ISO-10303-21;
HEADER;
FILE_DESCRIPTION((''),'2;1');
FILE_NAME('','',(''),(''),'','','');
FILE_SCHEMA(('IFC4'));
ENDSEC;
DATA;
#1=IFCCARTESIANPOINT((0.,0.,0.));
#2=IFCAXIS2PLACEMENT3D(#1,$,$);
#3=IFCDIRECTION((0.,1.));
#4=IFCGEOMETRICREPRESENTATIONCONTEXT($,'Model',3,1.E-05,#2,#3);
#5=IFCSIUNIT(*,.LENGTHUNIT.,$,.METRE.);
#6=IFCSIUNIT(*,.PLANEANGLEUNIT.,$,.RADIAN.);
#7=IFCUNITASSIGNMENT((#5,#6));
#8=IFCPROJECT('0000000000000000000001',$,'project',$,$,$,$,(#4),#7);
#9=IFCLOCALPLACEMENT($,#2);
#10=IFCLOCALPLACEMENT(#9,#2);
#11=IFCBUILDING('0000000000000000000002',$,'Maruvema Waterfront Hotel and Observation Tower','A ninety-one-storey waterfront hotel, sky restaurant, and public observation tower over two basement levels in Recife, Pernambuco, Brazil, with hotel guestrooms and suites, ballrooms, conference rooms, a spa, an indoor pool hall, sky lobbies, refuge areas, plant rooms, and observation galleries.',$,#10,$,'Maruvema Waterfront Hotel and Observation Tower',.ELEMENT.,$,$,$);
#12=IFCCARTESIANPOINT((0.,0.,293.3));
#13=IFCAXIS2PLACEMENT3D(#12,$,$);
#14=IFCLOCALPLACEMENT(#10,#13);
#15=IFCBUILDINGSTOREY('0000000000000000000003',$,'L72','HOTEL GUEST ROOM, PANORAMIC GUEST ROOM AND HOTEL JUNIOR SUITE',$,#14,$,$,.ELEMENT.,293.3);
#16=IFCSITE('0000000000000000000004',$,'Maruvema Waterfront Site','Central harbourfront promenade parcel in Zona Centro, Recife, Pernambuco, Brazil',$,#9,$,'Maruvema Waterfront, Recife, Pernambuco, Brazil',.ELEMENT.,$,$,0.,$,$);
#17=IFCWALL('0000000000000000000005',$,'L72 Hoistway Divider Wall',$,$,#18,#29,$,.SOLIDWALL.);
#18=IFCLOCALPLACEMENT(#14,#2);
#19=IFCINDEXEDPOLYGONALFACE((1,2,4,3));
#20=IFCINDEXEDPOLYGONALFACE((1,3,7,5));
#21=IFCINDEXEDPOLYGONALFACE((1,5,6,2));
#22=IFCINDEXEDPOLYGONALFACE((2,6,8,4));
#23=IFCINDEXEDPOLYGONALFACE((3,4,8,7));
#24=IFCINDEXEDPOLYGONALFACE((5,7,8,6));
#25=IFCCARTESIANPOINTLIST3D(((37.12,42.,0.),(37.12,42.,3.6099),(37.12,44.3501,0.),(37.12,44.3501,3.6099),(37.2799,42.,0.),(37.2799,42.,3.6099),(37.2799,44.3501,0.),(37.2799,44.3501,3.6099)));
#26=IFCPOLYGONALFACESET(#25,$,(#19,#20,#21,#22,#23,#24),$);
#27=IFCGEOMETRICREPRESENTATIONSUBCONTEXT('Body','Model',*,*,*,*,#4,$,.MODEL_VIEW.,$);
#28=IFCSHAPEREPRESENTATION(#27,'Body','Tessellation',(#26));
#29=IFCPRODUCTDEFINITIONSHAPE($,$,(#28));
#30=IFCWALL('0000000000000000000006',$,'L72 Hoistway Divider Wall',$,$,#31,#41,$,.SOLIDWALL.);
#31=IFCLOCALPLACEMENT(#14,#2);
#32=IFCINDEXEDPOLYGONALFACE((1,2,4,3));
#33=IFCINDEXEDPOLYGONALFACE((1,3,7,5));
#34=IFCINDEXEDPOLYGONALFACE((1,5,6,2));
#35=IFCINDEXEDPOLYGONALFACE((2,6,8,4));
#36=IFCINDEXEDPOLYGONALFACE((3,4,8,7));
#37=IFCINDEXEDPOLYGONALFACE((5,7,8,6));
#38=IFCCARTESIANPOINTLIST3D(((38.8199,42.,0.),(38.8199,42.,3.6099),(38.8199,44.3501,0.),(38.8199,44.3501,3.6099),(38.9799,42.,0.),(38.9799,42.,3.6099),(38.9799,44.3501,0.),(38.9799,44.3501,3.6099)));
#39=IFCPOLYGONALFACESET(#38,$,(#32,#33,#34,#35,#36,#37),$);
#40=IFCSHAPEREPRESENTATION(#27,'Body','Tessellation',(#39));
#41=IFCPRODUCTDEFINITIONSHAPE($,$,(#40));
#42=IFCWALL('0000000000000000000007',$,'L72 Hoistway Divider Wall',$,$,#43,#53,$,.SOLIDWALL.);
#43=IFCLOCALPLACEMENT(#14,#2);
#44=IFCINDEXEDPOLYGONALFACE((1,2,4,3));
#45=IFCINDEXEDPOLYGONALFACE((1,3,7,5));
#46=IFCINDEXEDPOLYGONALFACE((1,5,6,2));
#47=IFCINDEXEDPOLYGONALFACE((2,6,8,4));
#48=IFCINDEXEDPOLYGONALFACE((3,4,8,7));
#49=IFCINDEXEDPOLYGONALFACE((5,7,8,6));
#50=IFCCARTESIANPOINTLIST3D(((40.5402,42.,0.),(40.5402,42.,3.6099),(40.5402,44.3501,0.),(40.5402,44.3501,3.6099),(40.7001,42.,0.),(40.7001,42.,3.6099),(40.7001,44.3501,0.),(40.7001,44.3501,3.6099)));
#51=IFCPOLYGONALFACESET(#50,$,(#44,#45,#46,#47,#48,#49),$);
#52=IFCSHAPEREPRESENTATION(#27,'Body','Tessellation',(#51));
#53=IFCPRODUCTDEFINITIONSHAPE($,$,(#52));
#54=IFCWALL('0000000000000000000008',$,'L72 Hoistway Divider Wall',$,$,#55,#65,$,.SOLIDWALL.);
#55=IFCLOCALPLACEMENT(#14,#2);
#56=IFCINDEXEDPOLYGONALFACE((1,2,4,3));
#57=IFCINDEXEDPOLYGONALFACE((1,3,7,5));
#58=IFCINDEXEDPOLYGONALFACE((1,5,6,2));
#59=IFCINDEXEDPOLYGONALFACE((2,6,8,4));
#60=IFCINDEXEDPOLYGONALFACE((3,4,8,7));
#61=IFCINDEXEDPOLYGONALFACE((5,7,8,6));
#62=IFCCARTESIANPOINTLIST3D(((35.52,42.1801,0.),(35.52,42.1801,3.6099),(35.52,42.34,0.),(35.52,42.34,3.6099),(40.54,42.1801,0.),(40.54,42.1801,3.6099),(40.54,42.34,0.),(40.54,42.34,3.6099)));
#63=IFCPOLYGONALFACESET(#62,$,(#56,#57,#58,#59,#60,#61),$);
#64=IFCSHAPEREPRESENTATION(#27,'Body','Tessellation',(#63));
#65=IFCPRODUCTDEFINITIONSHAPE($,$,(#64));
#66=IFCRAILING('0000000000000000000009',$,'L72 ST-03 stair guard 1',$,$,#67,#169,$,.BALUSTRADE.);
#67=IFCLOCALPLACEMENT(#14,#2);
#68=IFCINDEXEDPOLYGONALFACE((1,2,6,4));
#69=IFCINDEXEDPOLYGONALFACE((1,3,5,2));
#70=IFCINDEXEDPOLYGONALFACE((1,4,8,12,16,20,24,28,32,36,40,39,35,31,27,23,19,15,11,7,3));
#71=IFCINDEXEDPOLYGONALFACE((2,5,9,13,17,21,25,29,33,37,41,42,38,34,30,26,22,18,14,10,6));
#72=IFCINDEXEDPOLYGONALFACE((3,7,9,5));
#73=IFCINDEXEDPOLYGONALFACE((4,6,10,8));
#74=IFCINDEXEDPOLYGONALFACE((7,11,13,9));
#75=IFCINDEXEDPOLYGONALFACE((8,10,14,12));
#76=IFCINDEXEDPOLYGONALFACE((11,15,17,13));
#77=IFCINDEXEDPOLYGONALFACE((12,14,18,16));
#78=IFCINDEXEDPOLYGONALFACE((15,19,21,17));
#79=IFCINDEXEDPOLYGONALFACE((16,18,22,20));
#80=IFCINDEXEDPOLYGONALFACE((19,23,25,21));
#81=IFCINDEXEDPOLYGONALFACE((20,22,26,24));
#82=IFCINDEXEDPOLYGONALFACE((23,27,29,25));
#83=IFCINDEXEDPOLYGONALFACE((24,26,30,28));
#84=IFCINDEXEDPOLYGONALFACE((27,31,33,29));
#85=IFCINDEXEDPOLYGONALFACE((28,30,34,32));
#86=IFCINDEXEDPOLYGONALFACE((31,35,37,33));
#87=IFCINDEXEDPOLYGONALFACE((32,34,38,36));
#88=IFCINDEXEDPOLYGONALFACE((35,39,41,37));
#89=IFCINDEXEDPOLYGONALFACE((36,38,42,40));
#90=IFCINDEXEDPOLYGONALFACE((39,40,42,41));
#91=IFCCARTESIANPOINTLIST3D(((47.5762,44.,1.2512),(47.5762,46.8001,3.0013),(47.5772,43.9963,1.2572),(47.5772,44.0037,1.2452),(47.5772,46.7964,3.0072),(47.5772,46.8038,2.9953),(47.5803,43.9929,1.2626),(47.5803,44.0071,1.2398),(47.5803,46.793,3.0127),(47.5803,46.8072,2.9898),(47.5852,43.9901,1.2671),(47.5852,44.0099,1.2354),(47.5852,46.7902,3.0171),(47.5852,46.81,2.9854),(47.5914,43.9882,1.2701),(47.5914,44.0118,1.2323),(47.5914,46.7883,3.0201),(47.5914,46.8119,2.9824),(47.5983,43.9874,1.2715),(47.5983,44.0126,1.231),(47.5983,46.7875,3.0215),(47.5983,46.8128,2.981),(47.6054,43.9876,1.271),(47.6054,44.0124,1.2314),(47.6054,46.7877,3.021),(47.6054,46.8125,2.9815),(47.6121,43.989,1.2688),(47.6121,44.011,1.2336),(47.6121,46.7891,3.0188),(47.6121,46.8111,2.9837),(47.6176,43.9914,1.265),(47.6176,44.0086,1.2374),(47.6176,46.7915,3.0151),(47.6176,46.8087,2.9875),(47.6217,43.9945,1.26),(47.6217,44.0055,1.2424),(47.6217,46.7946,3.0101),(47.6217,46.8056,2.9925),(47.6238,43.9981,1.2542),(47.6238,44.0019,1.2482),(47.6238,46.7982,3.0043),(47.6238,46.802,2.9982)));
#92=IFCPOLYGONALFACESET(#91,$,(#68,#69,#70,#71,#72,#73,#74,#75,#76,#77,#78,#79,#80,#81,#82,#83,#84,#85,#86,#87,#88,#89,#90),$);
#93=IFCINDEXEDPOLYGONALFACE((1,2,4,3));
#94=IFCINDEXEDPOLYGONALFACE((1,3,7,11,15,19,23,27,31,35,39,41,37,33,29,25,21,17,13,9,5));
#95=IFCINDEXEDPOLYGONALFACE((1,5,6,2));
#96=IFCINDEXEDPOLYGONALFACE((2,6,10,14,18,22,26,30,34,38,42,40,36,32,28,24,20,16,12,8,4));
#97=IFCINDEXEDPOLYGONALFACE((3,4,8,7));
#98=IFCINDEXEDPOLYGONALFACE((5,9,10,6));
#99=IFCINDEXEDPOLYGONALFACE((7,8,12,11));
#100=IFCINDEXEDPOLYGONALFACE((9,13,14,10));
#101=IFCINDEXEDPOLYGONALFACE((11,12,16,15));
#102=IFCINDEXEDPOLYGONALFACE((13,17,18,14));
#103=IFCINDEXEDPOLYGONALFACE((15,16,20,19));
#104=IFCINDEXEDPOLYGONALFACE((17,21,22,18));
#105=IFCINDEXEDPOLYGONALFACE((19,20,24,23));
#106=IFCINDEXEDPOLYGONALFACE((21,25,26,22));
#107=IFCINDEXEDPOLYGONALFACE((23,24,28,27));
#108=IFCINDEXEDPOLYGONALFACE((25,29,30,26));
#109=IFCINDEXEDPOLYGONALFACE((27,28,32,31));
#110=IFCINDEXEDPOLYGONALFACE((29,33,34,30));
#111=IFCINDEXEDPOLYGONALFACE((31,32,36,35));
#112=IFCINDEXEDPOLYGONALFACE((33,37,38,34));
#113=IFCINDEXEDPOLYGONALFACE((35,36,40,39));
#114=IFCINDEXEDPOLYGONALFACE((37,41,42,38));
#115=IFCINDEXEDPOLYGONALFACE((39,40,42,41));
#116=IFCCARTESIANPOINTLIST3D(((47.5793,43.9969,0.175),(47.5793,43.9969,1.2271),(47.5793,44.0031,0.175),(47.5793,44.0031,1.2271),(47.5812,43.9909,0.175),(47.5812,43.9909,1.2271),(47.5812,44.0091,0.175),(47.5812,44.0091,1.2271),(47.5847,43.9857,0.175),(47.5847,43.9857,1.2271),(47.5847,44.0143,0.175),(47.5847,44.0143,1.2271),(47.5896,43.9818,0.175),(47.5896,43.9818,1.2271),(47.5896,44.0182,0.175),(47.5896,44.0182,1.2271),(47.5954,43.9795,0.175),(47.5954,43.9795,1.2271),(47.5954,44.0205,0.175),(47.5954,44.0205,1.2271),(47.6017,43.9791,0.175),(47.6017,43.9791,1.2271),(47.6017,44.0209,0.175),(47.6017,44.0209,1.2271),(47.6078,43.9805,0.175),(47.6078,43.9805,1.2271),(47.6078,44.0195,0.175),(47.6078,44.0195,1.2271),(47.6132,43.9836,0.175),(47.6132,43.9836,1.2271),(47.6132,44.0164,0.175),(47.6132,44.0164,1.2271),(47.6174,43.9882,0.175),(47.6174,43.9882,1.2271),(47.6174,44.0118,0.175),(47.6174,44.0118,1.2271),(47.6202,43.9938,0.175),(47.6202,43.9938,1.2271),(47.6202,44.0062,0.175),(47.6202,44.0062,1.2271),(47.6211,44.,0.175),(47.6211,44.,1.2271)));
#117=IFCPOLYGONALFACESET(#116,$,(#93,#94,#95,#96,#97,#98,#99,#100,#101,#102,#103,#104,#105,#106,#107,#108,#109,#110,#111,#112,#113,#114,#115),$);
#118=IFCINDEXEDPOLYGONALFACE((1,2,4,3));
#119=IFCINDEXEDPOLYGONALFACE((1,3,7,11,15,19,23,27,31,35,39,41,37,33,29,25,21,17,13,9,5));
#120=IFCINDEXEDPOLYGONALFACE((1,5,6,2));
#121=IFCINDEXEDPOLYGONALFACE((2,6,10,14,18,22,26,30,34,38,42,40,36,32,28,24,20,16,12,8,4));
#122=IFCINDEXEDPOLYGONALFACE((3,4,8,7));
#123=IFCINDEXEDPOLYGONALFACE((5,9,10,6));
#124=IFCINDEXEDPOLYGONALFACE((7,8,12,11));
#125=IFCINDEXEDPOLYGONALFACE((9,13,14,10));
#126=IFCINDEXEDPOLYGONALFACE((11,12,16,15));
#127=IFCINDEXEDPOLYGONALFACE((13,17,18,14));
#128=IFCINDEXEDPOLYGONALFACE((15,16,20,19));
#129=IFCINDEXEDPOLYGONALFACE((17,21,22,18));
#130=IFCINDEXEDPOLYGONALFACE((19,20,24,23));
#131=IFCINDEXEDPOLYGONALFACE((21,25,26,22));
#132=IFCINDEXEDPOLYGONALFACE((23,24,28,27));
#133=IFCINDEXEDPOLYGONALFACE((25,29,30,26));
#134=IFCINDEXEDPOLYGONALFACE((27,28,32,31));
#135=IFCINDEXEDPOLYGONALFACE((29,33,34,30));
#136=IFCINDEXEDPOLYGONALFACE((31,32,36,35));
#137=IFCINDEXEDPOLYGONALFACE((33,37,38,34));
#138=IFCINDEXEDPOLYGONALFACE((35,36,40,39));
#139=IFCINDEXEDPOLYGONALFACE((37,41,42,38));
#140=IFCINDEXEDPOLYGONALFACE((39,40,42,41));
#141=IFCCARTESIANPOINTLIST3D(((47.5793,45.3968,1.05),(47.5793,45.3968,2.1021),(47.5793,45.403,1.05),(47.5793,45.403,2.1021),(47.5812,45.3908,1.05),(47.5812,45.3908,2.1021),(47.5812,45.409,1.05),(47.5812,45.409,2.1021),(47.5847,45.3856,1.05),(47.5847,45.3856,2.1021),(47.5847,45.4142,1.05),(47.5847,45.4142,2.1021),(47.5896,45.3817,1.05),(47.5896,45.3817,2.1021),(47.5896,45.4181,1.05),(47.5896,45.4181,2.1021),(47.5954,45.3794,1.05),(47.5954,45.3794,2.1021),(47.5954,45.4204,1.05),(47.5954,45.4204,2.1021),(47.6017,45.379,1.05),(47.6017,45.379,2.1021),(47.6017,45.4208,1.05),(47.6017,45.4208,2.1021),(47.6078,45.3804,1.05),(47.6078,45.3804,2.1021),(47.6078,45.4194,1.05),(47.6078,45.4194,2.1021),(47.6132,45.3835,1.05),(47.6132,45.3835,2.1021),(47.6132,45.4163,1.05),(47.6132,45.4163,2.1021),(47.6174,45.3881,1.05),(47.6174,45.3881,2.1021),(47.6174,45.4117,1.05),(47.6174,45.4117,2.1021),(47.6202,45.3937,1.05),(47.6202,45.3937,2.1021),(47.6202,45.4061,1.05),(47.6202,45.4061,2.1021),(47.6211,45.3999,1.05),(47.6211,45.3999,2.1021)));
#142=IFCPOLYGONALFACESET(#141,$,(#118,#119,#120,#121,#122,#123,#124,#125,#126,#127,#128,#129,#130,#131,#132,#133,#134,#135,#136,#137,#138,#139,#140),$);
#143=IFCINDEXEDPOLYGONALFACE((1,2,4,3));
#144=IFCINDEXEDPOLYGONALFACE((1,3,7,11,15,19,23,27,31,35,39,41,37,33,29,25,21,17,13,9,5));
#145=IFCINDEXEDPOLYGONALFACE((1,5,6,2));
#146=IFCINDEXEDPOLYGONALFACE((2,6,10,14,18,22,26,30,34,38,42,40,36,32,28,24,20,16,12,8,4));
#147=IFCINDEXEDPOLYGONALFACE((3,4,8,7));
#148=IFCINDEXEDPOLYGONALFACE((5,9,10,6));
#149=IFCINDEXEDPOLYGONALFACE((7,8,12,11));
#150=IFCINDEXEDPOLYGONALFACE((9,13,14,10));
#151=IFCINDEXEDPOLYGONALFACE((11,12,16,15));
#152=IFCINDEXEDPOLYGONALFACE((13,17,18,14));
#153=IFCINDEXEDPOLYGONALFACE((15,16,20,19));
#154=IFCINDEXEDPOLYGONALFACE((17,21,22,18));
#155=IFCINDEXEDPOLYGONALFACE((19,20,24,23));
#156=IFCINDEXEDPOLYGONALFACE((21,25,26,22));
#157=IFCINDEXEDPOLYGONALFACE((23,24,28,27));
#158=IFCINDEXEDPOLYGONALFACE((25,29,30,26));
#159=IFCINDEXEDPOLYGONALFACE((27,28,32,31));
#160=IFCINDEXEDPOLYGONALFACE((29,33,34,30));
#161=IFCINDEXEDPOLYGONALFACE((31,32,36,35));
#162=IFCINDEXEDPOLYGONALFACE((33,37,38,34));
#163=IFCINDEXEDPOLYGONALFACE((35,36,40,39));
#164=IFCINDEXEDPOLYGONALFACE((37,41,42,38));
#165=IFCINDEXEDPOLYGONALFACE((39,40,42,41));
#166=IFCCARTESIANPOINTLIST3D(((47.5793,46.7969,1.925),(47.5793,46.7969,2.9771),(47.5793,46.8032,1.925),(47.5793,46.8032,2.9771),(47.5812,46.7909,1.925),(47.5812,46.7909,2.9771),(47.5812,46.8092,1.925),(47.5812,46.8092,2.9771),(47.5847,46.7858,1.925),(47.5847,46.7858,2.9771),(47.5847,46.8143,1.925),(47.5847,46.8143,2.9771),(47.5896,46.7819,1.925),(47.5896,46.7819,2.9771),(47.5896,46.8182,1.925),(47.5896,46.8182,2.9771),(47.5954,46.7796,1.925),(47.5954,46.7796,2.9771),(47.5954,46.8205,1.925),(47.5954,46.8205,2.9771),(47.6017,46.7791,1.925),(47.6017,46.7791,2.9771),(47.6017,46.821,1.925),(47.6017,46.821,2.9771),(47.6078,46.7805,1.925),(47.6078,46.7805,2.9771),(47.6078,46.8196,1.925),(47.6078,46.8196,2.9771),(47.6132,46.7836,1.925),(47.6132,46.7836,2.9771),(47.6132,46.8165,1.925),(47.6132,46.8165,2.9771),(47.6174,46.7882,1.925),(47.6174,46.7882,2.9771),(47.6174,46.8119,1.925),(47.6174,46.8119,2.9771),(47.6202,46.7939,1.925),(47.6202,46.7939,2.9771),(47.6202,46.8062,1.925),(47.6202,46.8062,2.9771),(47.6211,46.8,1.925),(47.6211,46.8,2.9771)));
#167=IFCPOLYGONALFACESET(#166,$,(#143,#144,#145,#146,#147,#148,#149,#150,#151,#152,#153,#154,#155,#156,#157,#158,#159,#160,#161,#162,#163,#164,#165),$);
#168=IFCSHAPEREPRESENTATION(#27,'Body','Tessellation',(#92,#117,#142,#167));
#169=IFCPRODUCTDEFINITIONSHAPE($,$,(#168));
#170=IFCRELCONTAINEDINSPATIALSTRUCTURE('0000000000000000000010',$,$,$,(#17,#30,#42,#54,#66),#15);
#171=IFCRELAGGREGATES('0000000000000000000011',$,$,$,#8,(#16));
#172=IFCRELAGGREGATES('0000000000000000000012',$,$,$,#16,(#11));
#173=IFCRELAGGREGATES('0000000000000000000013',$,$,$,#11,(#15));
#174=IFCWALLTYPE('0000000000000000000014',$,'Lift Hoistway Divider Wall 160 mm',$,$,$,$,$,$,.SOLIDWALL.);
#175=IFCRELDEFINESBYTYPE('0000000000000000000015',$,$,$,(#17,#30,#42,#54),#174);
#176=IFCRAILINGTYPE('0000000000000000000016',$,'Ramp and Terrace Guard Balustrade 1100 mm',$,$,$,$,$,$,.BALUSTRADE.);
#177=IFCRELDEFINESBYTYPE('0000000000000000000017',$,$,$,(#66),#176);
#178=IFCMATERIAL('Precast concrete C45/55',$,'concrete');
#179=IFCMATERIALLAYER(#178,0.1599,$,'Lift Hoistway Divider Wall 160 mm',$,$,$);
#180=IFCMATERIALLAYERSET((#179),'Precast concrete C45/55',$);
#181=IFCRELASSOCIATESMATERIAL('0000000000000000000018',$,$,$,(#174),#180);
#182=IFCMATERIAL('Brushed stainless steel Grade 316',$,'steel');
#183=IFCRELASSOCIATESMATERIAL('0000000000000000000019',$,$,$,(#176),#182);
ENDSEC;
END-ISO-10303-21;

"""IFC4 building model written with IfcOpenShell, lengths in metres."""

from ifc_helpers import new_model, si_unit, direction, frame, frame_2d, origin, origin_2d, place, context, subcontext, project, spatial, rectangle, circle, extrude, material, layer, layer_set, type_object, element, save


model = new_model("IFC4")

# Units and contexts
model_context = context("Model", 3, precision=1e-05, world=origin(), true_north=direction((0.0, 1.0)))
body_context = subcontext(model_context, "Body", "Model", "MODEL_VIEW")
ifc_project = project(units=[si_unit("LENGTHUNIT", "METRE"), si_unit("PLANEANGLEUNIT", "RADIAN")], contexts=[model_context])

# Site, building, storey
site_placement = place(None, origin())
site = spatial("IfcSite", under=ifc_project, at=site_placement, Name="Maruvema Waterfront Site", Description="Central harbourfront promenade parcel in Zona Centro, Recife, Pernambuco, Brazil", LongName="Maruvema Waterfront, Recife, Pernambuco, Brazil", CompositionType="ELEMENT", RefElevation=0.0)
building_placement = place(site_placement, origin())
building = spatial("IfcBuilding", under=site, at=building_placement, Name="Maruvema Waterfront Hotel and Observation Tower", Description="A ninety-one-storey waterfront hotel, sky restaurant, and public observation tower over two basement levels in Recife, Pernambuco, Brazil, with hotel guestrooms and suites, ballrooms, conference rooms, a spa, an indoor pool hall, sky lobbies, refuge areas, plant rooms, and observation galleries.", LongName="Maruvema Waterfront Hotel and Observation Tower", CompositionType="ELEMENT")
storey_placement = place(building_placement, frame((0.0, 0.0, 293.3)))
storey = spatial("IfcBuildingStorey", under=building, at=storey_placement, Name="L72", Description="HOTEL GUEST ROOM, PANORAMIC GUEST ROOM AND HOTEL JUNIOR SUITE", CompositionType="ELEMENT", Elevation=293.3)

# Walls
ifc_material_1 = material(Name="Precast concrete C45/55", Category="concrete")
ifc_layer_1 = layer(ifc_material_1, 0.1599, Name="Lift Hoistway Divider Wall 160 mm")
ifc_layer_set_1 = layer_set([ifc_layer_1], Name="Precast concrete C45/55")
wall_type_1 = type_object("IfcWallType", Name="Lift Hoistway Divider Wall 160 mm", PredefinedType="SOLIDWALL", material=ifc_layer_set_1)
for number, where, z_axis, x_axis, name in (
    (1, (37.2, 42.0, 0.0), (0.0, 0.0, 1.0), (0.0, 1.0, 0.0), "L72 Hoistway Divider Wall"),
    (2, (38.8999, 42.0, 0.0), (0.0, 0.0, 1.0), (0.0, 1.0, 0.0), "L72 Hoistway Divider Wall"),
    (3, (40.6201, 42.0, 0.0), (0.0, 0.0, 1.0), (0.0, 1.0, 0.0), "L72 Hoistway Divider Wall"),
):
    element("IfcWall", number, at=place(storey_placement, frame(where, z_axis=z_axis, x_axis=x_axis)), inside=storey, type_object=wall_type_1, Name=name, PredefinedType="SOLIDWALL", context=body_context, shape_type="SweptSolid", body=[
        extrude(rectangle(XDim=2.3501, YDim=0.1599, at=frame_2d((1.175, 0.0))), origin(), (0.0, 0.0, 1.0), 3.6099),
    ])
wall_1_placement = place(storey_placement, frame((35.52, 42.26, 0.0), z_axis=(0.0, 0.0, 1.0), x_axis=(1.0, 0.0, 0.0)))
element("IfcWall", 4, at=wall_1_placement, inside=storey, type_object=wall_type_1, Name="L72 Hoistway Divider Wall", PredefinedType="SOLIDWALL", context=body_context, shape_type="SweptSolid", body=[
    extrude(rectangle(XDim=5.02, YDim=0.1599, at=frame_2d((2.51, 0.0))), origin(), (0.0, 0.0, 1.0), 3.6099),
])

# Railing
ifc_material_2 = material(Name="Brushed stainless steel Grade 316", Category="steel")
railing_type = type_object("IfcRailingType", Name="Ramp and Terrace Guard Balustrade 1100 mm", PredefinedType="BALUSTRADE", material=ifc_material_2)
railing_1_placement = place(storey_placement, frame((47.6001, 44.0, 0.175)))
element("IfcRailing", 5, at=railing_1_placement, inside=storey, type_object=railing_type, Name="L72 ST-03 stair guard 1", PredefinedType="BALUSTRADE", context=body_context, shape_type="SweptSolid", body=[
    extrude(circle(Radius=0.0239, at=origin_2d()), frame((0.0, 0.0, 1.0762), z_axis=(0.0, 0.848002, 0.529992), x_axis=(-1.0, 0.0, 0.0)), (0.0, 0.0, 1.0), 3.302),
    extrude(circle(Radius=0.021, at=origin_2d()), origin(), (0.0, 0.0, 1.0), 1.052),
    extrude(circle(Radius=0.021, at=origin_2d()), frame((0.0, 1.3999, 0.875)), (0.0, 0.0, 1.0), 1.052),
    extrude(circle(Radius=0.021, at=origin_2d()), frame((0.0, 2.8, 1.75)), (0.0, 0.0, 1.0), 1.052),
])

save(model, "model.ifc")
